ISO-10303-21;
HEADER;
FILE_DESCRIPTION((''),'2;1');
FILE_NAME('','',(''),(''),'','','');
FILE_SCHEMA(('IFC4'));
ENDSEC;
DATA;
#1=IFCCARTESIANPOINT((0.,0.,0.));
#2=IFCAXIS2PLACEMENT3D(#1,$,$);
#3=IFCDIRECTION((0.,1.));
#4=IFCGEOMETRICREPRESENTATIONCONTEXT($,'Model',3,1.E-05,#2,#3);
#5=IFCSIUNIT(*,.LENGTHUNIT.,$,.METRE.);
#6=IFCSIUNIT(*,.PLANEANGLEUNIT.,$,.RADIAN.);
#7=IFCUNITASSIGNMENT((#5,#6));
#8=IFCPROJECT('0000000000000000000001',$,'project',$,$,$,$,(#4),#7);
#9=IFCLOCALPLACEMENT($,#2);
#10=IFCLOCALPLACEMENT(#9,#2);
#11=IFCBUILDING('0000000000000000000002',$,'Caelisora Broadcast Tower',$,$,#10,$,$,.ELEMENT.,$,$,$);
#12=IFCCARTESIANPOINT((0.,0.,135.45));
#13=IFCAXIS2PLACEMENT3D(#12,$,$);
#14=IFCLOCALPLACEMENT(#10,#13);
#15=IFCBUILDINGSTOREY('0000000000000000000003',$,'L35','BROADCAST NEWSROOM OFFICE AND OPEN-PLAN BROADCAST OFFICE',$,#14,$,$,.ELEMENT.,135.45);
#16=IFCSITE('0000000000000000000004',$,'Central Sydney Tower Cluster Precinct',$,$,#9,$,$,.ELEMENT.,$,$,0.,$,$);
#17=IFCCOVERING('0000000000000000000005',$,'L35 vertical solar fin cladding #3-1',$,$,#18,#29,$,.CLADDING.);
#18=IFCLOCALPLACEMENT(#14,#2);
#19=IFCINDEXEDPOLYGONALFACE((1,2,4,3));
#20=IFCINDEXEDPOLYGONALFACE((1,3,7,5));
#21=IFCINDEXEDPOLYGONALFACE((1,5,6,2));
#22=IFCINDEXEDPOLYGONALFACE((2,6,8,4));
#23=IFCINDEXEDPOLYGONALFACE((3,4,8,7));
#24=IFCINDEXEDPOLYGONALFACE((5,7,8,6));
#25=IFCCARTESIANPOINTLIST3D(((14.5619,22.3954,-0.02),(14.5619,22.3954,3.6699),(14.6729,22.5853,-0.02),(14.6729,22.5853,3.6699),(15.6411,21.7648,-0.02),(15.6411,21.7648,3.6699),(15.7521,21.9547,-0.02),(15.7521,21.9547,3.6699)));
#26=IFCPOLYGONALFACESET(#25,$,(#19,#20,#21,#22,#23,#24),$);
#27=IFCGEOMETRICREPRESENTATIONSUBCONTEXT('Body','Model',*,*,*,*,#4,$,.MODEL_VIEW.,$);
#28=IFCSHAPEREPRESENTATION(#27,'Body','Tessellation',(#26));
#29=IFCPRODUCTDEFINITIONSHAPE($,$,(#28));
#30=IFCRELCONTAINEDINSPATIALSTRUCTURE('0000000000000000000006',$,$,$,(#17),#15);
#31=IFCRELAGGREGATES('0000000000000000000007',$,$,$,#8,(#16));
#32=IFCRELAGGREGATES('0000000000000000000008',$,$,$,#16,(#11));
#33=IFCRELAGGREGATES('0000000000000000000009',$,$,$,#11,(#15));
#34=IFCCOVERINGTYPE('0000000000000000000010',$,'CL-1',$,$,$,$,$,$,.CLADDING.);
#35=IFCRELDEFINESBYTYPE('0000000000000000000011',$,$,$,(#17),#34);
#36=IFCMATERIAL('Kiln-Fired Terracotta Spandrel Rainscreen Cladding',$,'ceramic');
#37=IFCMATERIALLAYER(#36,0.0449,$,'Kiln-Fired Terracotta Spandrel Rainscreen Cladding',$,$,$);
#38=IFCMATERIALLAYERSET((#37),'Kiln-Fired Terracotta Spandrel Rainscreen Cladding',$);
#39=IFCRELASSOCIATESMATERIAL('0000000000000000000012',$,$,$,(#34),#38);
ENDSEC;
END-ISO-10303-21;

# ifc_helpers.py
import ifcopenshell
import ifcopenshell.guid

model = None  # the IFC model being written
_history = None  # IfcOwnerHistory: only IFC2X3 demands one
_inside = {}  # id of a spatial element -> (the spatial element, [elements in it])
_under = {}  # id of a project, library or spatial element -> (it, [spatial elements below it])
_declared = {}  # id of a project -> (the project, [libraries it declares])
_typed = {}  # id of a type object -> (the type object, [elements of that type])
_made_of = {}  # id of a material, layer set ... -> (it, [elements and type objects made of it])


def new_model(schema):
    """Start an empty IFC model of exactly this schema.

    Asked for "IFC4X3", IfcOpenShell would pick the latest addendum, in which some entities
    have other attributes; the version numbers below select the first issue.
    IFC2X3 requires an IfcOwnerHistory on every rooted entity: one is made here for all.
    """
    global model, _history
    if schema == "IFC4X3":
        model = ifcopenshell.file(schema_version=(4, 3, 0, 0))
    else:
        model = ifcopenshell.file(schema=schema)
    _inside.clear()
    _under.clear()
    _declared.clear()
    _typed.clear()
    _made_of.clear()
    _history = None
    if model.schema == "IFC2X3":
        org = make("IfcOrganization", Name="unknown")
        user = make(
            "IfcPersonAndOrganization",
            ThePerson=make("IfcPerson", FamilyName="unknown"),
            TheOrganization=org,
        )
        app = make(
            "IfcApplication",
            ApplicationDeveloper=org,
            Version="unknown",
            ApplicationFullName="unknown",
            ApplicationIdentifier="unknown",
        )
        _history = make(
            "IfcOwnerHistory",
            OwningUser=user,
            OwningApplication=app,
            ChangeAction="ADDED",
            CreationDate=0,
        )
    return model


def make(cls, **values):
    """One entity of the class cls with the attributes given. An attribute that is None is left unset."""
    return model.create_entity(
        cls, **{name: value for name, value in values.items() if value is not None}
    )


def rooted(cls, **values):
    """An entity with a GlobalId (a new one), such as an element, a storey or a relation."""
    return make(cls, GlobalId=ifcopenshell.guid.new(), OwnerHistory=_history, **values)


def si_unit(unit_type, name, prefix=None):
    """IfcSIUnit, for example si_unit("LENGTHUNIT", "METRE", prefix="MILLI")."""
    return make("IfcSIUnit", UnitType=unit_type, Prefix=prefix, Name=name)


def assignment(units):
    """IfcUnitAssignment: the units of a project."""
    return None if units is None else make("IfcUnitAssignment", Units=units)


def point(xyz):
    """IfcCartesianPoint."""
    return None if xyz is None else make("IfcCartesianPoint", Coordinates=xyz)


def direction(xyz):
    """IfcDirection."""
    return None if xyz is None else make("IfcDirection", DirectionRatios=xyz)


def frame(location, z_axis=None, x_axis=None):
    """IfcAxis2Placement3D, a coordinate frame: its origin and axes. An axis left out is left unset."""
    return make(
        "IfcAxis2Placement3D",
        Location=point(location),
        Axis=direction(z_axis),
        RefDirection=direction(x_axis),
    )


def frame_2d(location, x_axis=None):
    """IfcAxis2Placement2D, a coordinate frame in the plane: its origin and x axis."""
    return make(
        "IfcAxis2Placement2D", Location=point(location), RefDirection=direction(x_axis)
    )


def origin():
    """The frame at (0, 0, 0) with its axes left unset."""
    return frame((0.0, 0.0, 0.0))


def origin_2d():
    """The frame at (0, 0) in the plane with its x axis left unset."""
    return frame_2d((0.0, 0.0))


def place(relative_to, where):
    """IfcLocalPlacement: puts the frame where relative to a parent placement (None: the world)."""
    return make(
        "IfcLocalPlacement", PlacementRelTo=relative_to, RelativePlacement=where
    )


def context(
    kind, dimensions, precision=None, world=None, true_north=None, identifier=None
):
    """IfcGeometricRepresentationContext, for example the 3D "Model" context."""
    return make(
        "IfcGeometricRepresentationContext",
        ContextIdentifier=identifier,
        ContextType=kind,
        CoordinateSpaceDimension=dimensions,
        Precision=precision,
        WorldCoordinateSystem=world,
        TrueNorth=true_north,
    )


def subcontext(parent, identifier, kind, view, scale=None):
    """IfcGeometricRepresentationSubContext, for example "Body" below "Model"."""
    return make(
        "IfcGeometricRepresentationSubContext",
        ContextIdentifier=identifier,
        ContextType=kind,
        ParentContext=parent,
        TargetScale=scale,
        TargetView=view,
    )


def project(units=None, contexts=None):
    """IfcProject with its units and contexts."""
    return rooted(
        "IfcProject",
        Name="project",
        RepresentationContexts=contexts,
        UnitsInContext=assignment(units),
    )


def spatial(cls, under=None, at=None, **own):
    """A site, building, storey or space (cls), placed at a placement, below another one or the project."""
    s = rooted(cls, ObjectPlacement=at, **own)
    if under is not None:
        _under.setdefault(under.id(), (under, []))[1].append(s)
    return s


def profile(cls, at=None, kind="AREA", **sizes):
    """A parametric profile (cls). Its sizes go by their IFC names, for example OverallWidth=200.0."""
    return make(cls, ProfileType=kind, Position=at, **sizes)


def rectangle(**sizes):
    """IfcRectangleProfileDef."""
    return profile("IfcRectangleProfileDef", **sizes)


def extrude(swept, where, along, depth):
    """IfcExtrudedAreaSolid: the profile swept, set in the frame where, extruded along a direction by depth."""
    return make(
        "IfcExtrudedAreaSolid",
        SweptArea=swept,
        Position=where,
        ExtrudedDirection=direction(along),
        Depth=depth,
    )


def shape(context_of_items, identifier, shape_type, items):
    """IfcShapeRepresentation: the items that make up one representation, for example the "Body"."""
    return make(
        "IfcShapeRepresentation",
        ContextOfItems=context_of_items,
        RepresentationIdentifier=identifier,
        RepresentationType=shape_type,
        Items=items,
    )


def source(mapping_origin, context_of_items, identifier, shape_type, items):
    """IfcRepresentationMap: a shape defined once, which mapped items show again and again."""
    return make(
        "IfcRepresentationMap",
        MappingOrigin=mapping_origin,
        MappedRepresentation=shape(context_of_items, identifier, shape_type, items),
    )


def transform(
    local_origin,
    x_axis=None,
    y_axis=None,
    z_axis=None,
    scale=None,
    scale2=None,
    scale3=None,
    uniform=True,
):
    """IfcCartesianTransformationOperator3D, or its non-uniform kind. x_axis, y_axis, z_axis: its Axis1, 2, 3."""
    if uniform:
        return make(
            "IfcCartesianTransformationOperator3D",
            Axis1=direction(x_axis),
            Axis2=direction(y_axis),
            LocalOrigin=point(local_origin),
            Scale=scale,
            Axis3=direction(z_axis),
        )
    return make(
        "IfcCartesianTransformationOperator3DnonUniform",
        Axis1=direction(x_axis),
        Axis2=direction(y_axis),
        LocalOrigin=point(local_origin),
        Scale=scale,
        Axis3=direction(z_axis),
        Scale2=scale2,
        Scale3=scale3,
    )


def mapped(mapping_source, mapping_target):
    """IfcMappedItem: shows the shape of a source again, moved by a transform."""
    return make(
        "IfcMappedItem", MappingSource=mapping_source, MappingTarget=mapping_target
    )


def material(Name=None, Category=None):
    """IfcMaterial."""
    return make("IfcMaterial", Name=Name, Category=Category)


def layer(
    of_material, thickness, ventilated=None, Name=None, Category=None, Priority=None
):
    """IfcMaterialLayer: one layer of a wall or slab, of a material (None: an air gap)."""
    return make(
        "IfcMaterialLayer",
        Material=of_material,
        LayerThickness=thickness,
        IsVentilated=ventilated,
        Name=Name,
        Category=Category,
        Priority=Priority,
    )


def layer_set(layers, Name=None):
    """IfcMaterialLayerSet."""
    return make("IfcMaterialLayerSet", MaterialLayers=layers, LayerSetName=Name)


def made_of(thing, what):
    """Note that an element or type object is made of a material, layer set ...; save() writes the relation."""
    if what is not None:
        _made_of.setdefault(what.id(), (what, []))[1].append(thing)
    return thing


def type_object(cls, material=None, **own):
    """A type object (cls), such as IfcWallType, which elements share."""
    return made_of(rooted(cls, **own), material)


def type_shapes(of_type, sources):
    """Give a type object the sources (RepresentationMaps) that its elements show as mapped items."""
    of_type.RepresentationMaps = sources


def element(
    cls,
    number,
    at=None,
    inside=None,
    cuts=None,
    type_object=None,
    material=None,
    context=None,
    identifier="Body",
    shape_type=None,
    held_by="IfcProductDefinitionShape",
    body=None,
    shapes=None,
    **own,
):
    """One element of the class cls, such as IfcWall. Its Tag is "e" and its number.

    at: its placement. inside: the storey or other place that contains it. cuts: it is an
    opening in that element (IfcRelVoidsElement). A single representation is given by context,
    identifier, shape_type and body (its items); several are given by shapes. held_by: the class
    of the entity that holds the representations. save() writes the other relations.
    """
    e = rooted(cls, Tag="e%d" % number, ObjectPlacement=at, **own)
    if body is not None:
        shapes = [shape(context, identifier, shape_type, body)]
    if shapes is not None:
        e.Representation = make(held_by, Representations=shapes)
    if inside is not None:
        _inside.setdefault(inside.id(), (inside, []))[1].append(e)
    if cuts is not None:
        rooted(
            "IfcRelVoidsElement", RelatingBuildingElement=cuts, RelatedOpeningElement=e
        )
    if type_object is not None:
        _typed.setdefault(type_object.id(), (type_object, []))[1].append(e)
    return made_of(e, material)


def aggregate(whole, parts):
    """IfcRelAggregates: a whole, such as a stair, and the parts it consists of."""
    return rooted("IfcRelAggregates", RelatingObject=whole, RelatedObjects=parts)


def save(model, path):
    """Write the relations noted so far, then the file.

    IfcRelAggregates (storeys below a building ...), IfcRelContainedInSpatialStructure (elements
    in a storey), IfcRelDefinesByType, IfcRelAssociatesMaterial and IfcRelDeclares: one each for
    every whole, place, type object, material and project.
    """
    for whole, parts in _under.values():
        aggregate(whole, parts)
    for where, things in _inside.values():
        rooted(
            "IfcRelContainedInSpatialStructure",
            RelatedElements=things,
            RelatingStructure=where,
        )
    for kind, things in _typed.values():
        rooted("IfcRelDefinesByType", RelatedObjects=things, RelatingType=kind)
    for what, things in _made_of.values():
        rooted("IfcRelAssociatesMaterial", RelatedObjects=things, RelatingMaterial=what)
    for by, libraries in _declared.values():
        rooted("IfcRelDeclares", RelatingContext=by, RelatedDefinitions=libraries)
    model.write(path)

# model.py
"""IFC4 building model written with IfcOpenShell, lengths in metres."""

from ifc_helpers import new_model, si_unit, direction, frame, origin, origin_2d, place, context, subcontext, project, spatial, rectangle, extrude, source, transform, mapped, material, layer, layer_set, type_object, type_shapes, element, save


model = new_model("IFC4")

# Units and contexts
model_context = context("Model", 3, precision=1e-05, world=origin(), true_north=direction((0.0, 1.0)))
body_context = subcontext(model_context, "Body", "Model", "MODEL_VIEW")
ifc_project = project(units=[si_unit("LENGTHUNIT", "METRE"), si_unit("PLANEANGLEUNIT", "RADIAN")], contexts=[model_context])

# Site, building, storey
site_placement = place(None, origin())
site = spatial("IfcSite", under=ifc_project, at=site_placement, Name="Central Sydney Tower Cluster Precinct", CompositionType="ELEMENT", RefElevation=0.0)
building_placement = place(site_placement, origin())
building = spatial("IfcBuilding", under=site, at=building_placement, Name="Caelisora Broadcast Tower", CompositionType="ELEMENT")
storey_placement = place(building_placement, frame((0.0, 0.0, 135.45)))
storey = spatial("IfcBuildingStorey", under=building, at=storey_placement, Name="L35", Description="BROADCAST NEWSROOM OFFICE AND OPEN-PLAN BROADCAST OFFICE", CompositionType="ELEMENT", Elevation=135.45)

# Covering
ifc_material_1 = material(Name="Kiln-Fired Terracotta Spandrel Rainscreen Cladding", Category="ceramic")
ifc_layer_1 = layer(ifc_material_1, 0.0449, Name="Kiln-Fired Terracotta Spandrel Rainscreen Cladding")
ifc_layer_set_1 = layer_set([ifc_layer_1], Name="Kiln-Fired Terracotta Spandrel Rainscreen Cladding")
covering_type_1 = type_object("IfcCoveringType", Name="CL-1", PredefinedType="CLADDING", material=ifc_layer_set_1)
shared_shape_1 = source(origin(), body_context, "Body", "SweptSolid", [
    extrude(rectangle(XDim=0.22, YDim=1.25, at=origin_2d()), origin(), (0.0, 0.0, 1.0), 3.6899),
])
type_shapes(covering_type_1, [shared_shape_1])
covering_1_placement = place(storey_placement, frame((15.157, 22.175, -0.02), z_axis=(0.0, 0.0, 1.0), x_axis=(0.504528, 0.863396, 0.0)))
element("IfcCovering", 1, at=covering_1_placement, inside=storey, type_object=covering_type_1, Name="L35 vertical solar fin cladding #3-1", PredefinedType="CLADDING", context=body_context, shape_type="MappedRepresentation", body=[
    mapped(shared_shape_1, transform((0.0, 0.0, 0.0), scale=1.0)),
])

save(model, "model.ifc")
